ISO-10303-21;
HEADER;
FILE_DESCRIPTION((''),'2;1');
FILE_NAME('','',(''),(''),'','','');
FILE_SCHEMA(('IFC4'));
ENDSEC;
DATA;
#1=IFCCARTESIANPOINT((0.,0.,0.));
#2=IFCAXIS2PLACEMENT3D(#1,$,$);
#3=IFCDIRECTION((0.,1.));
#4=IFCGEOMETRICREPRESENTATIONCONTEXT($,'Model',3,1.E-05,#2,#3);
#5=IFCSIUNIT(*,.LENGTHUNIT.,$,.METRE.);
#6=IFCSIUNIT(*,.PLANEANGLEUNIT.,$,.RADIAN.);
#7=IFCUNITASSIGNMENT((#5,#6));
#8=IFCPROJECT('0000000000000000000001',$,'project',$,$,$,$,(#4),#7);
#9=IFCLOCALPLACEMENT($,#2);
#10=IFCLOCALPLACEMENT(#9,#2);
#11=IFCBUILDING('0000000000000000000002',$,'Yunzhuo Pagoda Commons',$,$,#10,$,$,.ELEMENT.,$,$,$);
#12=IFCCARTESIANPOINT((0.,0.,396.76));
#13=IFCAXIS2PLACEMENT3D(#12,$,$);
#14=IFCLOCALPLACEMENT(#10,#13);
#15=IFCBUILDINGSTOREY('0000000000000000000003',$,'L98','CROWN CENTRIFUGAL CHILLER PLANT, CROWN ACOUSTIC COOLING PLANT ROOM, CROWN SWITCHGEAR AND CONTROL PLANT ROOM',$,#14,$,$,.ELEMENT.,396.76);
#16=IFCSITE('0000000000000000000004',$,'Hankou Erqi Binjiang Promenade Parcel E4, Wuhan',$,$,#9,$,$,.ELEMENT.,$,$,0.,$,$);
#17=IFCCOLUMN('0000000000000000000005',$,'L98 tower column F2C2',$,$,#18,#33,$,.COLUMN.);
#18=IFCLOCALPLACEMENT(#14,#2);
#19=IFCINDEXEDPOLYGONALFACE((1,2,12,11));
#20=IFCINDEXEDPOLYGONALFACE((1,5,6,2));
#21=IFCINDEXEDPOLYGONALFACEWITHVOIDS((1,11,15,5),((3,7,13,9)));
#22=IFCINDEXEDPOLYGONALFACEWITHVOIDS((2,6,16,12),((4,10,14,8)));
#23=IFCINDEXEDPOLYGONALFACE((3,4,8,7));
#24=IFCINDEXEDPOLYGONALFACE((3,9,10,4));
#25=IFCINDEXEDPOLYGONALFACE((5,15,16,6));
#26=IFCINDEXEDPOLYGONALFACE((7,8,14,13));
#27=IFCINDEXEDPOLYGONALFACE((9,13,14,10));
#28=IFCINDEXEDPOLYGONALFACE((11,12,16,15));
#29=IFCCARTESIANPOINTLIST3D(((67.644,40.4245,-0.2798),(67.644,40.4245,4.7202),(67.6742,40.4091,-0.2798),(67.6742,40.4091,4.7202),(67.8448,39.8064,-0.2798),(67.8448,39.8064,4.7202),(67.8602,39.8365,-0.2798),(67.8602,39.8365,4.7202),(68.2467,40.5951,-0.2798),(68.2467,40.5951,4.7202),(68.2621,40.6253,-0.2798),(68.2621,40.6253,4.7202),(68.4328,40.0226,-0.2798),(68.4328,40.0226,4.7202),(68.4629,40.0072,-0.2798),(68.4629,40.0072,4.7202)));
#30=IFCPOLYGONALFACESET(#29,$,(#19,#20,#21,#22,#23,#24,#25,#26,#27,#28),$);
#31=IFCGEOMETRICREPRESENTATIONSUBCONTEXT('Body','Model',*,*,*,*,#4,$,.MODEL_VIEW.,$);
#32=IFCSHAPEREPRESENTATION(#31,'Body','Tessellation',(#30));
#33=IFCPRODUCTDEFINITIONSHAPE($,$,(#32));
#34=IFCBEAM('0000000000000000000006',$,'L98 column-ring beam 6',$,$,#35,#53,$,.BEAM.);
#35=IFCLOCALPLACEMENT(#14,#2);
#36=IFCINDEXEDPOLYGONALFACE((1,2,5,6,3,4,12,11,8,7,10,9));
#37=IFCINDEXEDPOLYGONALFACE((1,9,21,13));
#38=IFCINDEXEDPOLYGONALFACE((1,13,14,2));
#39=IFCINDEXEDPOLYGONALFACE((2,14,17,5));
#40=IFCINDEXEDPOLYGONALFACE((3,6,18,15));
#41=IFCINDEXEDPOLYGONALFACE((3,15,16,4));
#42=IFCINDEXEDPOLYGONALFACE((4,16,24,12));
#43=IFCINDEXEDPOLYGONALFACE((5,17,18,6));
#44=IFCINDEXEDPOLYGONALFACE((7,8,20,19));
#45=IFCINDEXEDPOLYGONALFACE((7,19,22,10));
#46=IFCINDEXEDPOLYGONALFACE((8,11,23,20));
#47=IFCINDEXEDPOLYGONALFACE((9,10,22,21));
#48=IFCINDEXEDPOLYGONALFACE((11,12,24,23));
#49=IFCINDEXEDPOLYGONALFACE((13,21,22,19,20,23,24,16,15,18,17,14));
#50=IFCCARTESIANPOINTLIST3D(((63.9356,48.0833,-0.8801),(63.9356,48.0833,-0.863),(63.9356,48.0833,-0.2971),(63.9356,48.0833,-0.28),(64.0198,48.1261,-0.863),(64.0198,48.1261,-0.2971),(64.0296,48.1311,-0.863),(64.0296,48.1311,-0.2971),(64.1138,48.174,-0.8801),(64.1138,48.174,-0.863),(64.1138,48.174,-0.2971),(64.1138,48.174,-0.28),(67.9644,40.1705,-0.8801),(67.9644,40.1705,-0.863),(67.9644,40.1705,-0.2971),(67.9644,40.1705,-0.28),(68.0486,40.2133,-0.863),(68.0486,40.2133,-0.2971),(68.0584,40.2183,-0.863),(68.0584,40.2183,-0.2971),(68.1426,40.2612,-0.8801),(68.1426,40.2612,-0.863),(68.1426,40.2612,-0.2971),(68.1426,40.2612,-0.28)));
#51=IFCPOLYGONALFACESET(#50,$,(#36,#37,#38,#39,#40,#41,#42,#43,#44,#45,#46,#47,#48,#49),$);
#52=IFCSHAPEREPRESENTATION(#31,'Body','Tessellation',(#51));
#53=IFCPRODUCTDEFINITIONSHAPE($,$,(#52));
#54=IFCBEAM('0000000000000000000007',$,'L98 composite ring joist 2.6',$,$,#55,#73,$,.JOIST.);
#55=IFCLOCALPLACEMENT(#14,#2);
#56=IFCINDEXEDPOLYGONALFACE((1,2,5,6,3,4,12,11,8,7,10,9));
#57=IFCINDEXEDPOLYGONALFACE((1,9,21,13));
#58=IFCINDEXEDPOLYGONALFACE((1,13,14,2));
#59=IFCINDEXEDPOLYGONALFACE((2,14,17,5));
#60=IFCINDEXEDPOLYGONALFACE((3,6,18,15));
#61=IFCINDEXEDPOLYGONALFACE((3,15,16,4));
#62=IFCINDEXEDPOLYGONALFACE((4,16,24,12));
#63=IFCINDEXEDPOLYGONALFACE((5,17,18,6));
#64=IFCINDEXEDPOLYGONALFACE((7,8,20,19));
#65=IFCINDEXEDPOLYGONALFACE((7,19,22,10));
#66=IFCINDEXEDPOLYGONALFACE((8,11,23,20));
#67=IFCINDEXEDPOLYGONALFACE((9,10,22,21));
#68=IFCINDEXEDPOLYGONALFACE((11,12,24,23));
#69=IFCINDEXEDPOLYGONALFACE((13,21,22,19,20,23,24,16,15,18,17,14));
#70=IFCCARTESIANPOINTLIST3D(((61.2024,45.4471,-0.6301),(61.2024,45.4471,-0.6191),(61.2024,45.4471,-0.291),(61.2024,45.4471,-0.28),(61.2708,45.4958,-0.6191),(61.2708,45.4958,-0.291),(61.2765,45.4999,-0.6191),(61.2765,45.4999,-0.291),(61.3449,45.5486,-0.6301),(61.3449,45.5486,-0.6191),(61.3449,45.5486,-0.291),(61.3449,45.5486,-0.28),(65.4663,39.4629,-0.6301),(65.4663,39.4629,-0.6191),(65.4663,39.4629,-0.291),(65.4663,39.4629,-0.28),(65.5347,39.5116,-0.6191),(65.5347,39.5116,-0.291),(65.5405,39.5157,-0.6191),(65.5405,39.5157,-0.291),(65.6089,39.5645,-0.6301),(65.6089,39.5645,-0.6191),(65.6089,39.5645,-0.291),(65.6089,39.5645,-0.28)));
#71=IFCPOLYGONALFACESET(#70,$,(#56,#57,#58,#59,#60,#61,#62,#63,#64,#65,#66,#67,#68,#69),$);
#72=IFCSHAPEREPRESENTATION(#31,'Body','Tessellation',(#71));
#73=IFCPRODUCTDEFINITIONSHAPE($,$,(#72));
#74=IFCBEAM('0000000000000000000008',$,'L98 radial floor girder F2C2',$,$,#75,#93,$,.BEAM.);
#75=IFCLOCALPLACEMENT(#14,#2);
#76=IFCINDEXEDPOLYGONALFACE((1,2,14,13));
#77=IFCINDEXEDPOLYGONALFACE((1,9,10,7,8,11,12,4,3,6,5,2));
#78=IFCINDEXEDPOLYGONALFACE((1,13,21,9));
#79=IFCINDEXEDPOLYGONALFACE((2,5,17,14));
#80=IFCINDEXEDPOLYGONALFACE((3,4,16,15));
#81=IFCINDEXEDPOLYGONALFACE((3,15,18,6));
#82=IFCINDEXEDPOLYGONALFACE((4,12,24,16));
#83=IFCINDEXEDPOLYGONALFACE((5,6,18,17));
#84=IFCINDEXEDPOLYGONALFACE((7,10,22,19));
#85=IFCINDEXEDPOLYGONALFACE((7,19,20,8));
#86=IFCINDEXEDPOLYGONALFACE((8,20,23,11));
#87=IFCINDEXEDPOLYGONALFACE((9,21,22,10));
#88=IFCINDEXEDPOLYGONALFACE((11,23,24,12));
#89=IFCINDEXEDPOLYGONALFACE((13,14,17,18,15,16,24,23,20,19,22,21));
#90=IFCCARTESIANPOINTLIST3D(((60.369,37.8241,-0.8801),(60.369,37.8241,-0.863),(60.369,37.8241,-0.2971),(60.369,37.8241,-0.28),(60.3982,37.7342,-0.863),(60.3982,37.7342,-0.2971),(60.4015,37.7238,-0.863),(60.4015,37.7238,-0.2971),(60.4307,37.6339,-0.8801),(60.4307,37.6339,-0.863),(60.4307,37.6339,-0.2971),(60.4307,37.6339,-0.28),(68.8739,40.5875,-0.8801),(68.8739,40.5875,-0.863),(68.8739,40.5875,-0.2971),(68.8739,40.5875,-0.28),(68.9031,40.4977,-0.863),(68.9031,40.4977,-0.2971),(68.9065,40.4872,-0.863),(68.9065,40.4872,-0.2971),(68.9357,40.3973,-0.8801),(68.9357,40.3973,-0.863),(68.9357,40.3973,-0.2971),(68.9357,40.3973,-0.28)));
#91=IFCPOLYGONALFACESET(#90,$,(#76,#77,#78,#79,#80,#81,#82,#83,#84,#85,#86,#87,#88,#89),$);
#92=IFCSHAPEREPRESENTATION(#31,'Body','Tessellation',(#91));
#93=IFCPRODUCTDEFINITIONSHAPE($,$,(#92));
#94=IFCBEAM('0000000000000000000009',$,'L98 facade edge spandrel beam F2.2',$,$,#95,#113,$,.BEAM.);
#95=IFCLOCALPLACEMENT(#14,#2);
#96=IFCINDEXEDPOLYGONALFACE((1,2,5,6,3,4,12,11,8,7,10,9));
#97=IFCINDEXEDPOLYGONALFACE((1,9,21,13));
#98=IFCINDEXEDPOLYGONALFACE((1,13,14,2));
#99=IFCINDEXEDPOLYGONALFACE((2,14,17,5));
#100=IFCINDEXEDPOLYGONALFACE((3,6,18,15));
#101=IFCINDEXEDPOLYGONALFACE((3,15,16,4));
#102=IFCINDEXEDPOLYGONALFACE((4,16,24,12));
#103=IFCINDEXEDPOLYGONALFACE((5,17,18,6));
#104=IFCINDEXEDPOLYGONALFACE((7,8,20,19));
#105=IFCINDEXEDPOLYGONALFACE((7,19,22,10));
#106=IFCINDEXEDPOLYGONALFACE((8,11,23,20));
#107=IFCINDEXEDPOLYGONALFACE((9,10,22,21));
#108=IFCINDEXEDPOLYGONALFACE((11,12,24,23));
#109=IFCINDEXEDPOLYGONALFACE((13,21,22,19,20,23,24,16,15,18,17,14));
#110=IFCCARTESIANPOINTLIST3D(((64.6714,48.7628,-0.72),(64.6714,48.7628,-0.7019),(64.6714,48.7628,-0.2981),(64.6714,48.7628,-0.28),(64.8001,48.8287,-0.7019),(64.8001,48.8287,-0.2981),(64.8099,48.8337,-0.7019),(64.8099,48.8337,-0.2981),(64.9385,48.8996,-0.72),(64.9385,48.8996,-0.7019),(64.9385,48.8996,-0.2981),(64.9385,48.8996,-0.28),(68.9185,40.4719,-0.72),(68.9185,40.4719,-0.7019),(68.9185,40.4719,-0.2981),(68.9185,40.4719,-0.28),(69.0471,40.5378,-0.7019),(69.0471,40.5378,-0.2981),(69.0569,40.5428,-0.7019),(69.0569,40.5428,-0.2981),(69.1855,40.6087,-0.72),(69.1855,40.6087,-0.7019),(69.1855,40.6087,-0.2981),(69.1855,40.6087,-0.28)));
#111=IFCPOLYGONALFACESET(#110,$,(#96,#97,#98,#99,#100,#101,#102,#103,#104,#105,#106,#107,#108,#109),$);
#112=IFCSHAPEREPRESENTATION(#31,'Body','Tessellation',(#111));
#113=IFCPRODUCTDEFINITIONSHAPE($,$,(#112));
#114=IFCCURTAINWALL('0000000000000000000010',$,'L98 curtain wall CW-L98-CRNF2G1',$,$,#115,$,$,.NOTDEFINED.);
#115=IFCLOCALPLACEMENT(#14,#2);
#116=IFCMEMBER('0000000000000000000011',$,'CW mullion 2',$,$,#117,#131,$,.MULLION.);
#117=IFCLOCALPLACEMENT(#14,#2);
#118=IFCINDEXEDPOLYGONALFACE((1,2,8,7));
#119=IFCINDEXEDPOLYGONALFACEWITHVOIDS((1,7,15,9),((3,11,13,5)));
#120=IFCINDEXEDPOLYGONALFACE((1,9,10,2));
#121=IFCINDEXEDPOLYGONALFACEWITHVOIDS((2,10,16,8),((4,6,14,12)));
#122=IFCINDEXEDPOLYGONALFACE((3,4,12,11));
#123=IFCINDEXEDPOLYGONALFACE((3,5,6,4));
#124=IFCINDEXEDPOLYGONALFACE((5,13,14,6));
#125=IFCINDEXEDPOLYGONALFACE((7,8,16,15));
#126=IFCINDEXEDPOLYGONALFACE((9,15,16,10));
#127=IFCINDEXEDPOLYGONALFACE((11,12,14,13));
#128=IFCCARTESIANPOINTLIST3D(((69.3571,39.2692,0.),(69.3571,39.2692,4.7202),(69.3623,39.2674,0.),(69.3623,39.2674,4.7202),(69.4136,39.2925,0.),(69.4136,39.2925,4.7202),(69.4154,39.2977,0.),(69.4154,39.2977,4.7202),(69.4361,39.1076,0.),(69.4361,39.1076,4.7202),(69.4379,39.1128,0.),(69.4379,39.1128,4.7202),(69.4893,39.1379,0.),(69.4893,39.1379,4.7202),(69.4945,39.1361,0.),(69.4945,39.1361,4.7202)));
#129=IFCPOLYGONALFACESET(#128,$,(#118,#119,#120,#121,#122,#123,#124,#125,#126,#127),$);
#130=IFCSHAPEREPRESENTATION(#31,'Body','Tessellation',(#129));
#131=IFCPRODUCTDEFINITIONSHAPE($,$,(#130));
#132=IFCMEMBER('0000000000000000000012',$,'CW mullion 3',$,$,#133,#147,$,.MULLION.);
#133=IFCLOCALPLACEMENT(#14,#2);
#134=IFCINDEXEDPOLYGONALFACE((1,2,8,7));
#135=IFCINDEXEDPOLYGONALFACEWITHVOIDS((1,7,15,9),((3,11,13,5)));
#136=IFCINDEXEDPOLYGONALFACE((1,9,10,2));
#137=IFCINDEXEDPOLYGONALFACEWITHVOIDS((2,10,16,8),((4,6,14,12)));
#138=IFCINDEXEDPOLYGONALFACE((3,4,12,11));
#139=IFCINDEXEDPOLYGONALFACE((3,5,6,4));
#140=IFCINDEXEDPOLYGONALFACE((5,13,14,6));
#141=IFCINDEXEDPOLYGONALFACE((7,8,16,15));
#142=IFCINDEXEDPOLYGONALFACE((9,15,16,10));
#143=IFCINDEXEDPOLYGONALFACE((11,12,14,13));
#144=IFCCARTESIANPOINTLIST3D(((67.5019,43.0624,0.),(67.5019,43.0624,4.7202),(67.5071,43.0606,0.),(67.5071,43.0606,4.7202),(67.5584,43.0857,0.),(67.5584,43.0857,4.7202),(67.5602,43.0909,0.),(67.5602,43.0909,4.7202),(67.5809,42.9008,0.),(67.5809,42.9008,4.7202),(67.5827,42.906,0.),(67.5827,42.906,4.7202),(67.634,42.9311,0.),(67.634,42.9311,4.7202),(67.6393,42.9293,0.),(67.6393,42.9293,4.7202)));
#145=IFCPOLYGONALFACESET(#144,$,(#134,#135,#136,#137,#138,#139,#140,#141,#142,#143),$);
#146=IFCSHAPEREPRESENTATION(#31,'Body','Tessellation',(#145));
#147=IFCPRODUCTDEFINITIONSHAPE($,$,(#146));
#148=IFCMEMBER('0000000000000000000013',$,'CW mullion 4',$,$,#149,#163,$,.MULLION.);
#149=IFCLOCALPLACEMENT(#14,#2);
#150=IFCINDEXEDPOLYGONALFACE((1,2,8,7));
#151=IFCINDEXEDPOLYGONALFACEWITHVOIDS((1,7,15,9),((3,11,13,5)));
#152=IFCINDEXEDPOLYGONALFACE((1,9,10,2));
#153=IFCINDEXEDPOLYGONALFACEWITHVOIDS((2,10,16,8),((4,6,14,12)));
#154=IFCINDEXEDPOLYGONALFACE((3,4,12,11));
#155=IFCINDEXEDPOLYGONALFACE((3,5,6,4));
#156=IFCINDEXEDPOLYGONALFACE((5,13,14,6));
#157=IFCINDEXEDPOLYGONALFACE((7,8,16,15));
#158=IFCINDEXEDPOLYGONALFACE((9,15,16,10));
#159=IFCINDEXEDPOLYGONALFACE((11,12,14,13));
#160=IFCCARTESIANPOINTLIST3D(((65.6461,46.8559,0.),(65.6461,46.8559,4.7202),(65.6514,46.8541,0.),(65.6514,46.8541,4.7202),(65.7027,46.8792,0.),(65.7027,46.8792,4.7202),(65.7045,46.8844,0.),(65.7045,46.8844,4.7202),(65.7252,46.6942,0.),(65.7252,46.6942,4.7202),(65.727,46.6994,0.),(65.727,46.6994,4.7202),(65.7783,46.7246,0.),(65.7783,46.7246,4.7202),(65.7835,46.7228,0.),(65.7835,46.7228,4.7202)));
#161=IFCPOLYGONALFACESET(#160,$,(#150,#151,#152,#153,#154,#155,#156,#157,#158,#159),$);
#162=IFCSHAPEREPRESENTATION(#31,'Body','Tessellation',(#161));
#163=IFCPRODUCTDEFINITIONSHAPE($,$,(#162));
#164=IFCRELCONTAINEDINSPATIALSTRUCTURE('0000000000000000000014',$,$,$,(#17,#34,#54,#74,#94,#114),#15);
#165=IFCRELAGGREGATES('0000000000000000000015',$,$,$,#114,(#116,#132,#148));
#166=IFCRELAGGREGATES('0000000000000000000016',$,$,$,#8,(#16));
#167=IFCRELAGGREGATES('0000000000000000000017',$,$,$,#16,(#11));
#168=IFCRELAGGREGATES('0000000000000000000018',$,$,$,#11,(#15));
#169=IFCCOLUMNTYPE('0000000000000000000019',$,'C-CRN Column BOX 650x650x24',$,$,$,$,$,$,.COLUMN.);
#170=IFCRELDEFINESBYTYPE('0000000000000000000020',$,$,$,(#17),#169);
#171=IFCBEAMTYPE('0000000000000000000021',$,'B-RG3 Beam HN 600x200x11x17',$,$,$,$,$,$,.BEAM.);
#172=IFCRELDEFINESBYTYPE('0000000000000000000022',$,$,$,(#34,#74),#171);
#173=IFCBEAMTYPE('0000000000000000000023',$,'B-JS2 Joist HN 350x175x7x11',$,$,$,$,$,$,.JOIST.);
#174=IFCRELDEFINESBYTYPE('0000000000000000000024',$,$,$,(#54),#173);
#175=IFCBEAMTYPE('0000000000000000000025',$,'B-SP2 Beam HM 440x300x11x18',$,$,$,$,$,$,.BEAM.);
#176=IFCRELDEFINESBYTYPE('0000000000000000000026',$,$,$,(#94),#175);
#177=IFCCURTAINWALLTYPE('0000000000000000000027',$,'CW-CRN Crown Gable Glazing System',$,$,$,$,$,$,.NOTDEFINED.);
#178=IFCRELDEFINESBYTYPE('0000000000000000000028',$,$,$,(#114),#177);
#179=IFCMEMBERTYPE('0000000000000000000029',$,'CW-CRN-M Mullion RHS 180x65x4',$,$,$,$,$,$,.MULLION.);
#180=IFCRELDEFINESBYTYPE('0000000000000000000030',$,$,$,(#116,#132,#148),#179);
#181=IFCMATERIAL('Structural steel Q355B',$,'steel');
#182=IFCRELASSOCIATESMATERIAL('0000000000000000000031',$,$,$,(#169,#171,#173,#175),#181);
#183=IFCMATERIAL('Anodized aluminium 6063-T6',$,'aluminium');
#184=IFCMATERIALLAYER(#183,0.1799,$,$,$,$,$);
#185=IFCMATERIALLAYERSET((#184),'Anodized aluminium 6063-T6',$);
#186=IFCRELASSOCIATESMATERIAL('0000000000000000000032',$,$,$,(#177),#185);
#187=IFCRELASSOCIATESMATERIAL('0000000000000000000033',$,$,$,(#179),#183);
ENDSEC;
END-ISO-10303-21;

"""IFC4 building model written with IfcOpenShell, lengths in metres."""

from ifc_helpers import new_model, si_unit, direction, frame, origin, origin_2d, place, context, subcontext, project, spatial, hollow_rectangle, i_section, extrude, source, transform, mapped, material, layer, layer_set, material_profile, profile_set, type_object, element, aggregate, save


model = new_model("IFC4")

# Units and contexts
model_context = context("Model", 3, precision=1e-05, world=origin(), true_north=direction((0.0, 1.0)))
body_context = subcontext(model_context, "Body", "Model", "MODEL_VIEW")
ifc_project = project(units=[si_unit("LENGTHUNIT", "METRE"), si_unit("PLANEANGLEUNIT", "RADIAN")], contexts=[model_context])

# Site, building, storey
site_placement = place(None, origin())
site = spatial("IfcSite", under=ifc_project, at=site_placement, Name="Hankou Erqi Binjiang Promenade Parcel E4, Wuhan", CompositionType="ELEMENT", RefElevation=0.0)
building_placement = place(site_placement, origin())
building = spatial("IfcBuilding", under=site, at=building_placement, Name="Yunzhuo Pagoda Commons", CompositionType="ELEMENT")
storey_placement = place(building_placement, frame((0.0, 0.0, 396.76)))
storey = spatial("IfcBuildingStorey", under=building, at=storey_placement, Name="L98", Description="CROWN CENTRIFUGAL CHILLER PLANT, CROWN ACOUSTIC COOLING PLANT ROOM, CROWN SWITCHGEAR AND CONTROL PLANT ROOM", CompositionType="ELEMENT", Elevation=396.76)

# Column
ifc_material_1 = material(Name="Structural steel Q355B", Category="steel")
ifc_material_profile_1 = material_profile(ifc_material_1, hollow_rectangle(XDim=0.6499, YDim=0.6499, WallThickness=0.0239, at=origin_2d()), Name="Structural steel Q355B")
ifc_profile_set_1 = profile_set([ifc_material_profile_1], Name="Structural steel Q355B")
column_type = type_object("IfcColumnType", Name="C-CRN Column BOX 650x650x24", PredefinedType="COLUMN", material=ifc_profile_set_1)
shared_shape_1 = source(origin(), body_context, "Body", "SweptSolid", [
    extrude(hollow_rectangle(XDim=0.6499, YDim=0.6499, WallThickness=0.0239, at=origin_2d()), origin(), (0.0, 0.0, 1.0), 5.0),
])
column_placement = place(storey_placement, frame((68.0535, 40.2158, -0.2798), z_axis=(0.0, 0.0, 1.0), x_axis=(-0.309017, 0.951057, 0.0)))
element("IfcColumn", 1, at=column_placement, inside=storey, type_object=column_type, Name="L98 tower column F2C2", PredefinedType="COLUMN", context=body_context, shape_type="MappedRepresentation", body=[
    mapped(shared_shape_1, transform((0.0, 0.0, 0.0), scale=1.0)),
])

# Beams
ifc_material_profile_2 = material_profile(ifc_material_1, i_section(OverallWidth=0.2, OverallDepth=0.6001, WebThickness=0.011, FlangeThickness=0.0171, at=origin_2d()), Name="Structural steel Q355B")
ifc_profile_set_2 = profile_set([ifc_material_profile_2], Name="Structural steel Q355B")
beam_type_1 = type_object("IfcBeamType", Name="B-RG3 Beam HN 600x200x11x17", PredefinedType="BEAM", material=ifc_profile_set_2)
shared_shape_2 = source(origin(), body_context, "Body", "SweptSolid", [
    extrude(i_section(OverallWidth=0.2, OverallDepth=0.6001, WebThickness=0.011, FlangeThickness=0.0171, at=origin_2d()), origin(), (0.0, 0.0, 1.0), 8.8794),
])
beam_1_placement = place(storey_placement, frame((68.0535, 40.2158, -0.5801), z_axis=(-0.453724, 0.891142, 0.0), x_axis=(-0.891142, -0.453724, 0.0)))
element("IfcBeam", 2, at=beam_1_placement, inside=storey, type_object=beam_type_1, Name="L98 column-ring beam 6", PredefinedType="BEAM", context=body_context, shape_type="MappedRepresentation", body=[
    mapped(shared_shape_2, transform((0.0, 0.0, 0.0), scale=1.0)),
])
ifc_material_profile_3 = material_profile(ifc_material_1, i_section(OverallWidth=0.175, OverallDepth=0.3501, WebThickness=0.0071, FlangeThickness=0.011, at=origin_2d()), Name="Structural steel Q355B")
ifc_profile_set_3 = profile_set([ifc_material_profile_3], Name="Structural steel Q355B")
beam_type_2 = type_object("IfcBeamType", Name="B-JS2 Joist HN 350x175x7x11", PredefinedType="JOIST", material=ifc_profile_set_3)
shared_shape_3 = source(origin(), body_context, "Body", "SweptSolid", [
    extrude(i_section(OverallWidth=0.175, OverallDepth=0.3501, WebThickness=0.0071, FlangeThickness=0.011, at=origin_2d()), origin(), (0.0, 0.0, 1.0), 7.3479),
])
beam_2_placement = place(storey_placement, frame((65.5376, 39.5137, -0.4551), z_axis=(-0.580295, 0.814406, 0.0), x_axis=(-0.814406, -0.580295, 0.0)))
element("IfcBeam", 3, at=beam_2_placement, inside=storey, type_object=beam_type_2, Name="L98 composite ring joist 2.6", PredefinedType="JOIST", context=body_context, shape_type="MappedRepresentation", body=[
    mapped(shared_shape_3, transform((0.0, 0.0, 0.0), scale=1.0)),
])
shared_shape_4 = source(origin(), body_context, "Body", "SweptSolid", [
    extrude(i_section(OverallWidth=0.2, OverallDepth=0.6001, WebThickness=0.011, FlangeThickness=0.0171, at=origin_2d()), origin(), (0.0, 0.0, 1.0), 8.9426),
])
beam_3_placement = place(storey_placement, frame((68.9048, 40.4924, -0.5801), z_axis=(-0.951056, -0.309019, 0.0), x_axis=(0.309019, -0.951056, 0.0)))
element("IfcBeam", 4, at=beam_3_placement, inside=storey, type_object=beam_type_1, Name="L98 radial floor girder F2C2", PredefinedType="BEAM", context=body_context, shape_type="MappedRepresentation", body=[
    mapped(shared_shape_4, transform((0.0, 0.0, 0.0), scale=1.0)),
])
ifc_material_profile_4 = material_profile(ifc_material_1, i_section(OverallWidth=0.3, OverallDepth=0.4399, WebThickness=0.011, FlangeThickness=0.0181, at=origin_2d()), Name="Structural steel Q355B")
ifc_profile_set_4 = profile_set([ifc_material_profile_4], Name="Structural steel Q355B")
beam_type_3 = type_object("IfcBeamType", Name="B-SP2 Beam HM 440x300x11x18", PredefinedType="BEAM", material=ifc_profile_set_4)
shared_shape_5 = source(origin(), body_context, "Body", "SweptSolid", [
    extrude(i_section(OverallWidth=0.3, OverallDepth=0.4399, WebThickness=0.011, FlangeThickness=0.0181, at=origin_2d()), origin(), (0.0, 0.0, 1.0), 9.3154),
])
beam_4_placement = place(storey_placement, frame((69.052, 40.5403, -0.5), z_axis=(-0.455914, 0.890024, 0.0), x_axis=(-0.890024, -0.455914, 0.0)))
element("IfcBeam", 5, at=beam_4_placement, inside=storey, type_object=beam_type_3, Name="L98 facade edge spandrel beam F2.2", PredefinedType="BEAM", context=body_context, shape_type="MappedRepresentation", body=[
    mapped(shared_shape_5, transform((0.0, 0.0, 0.0), scale=1.0)),
])

# Curtain wall, members
ifc_material_2 = material(Name="Anodized aluminium 6063-T6", Category="aluminium")
ifc_layer_1 = layer(ifc_material_2, 0.1799)
ifc_layer_set_1 = layer_set([ifc_layer_1], Name="Anodized aluminium 6063-T6")
curtain_wall_type = type_object("IfcCurtainWallType", Name="CW-CRN Crown Gable Glazing System", PredefinedType="NOTDEFINED", material=ifc_layer_set_1)
curtain_wall_placement = place(storey_placement, origin())
curtain_wall = element("IfcCurtainWall", 6, at=curtain_wall_placement, inside=storey, type_object=curtain_wall_type, Name="L98 curtain wall CW-L98-CRNF2G1", PredefinedType="NOTDEFINED")
ifc_material_profile_5 = material_profile(ifc_material_2, hollow_rectangle(XDim=0.0649, YDim=0.1799, WallThickness=0.0039, at=origin_2d()), Name="Anodized aluminium 6063-T6")
ifc_profile_set_5 = profile_set([ifc_material_profile_5], Name="Anodized aluminium 6063-T6")
member_type_1 = type_object("IfcMemberType", Name="CW-CRN-M Mullion RHS 180x65x4", PredefinedType="MULLION", material=ifc_profile_set_5)
shared_shape_6 = source(origin(), body_context, "Body", "SweptSolid", [
    extrude(hollow_rectangle(XDim=0.0649, YDim=0.1799, WallThickness=0.0039, at=origin_2d()), origin(), (0.0, 0.0, 1.0), 4.7202),
])
member_1_placement = place(storey_placement, frame((69.4258, 39.2026, 0.0), z_axis=(0.0, 0.0, 1.0), x_axis=(-0.898299, -0.439384, 0.0)))
member_1 = element("IfcMember", 7, at=member_1_placement, type_object=member_type_1, Name="CW mullion 2", PredefinedType="MULLION", context=body_context, shape_type="MappedRepresentation", body=[
    mapped(shared_shape_6, transform((0.0, 0.0, 0.0), scale=1.0)),
])
member_2_placement = place(storey_placement, frame((67.5706, 42.9958, 0.0), z_axis=(0.0, 0.0, 1.0), x_axis=(-0.898299, -0.439384, 0.0)))
member_2 = element("IfcMember", 8, at=member_2_placement, type_object=member_type_1, Name="CW mullion 3", PredefinedType="MULLION", context=body_context, shape_type="MappedRepresentation", body=[
    mapped(shared_shape_6, transform((0.0, 0.0, 0.0), scale=1.0)),
])
member_3_placement = place(storey_placement, frame((65.7148, 46.7893, 0.0), z_axis=(0.0, 0.0, 1.0), x_axis=(-0.898299, -0.439384, 0.0)))
member_3 = element("IfcMember", 9, at=member_3_placement, type_object=member_type_1, Name="CW mullion 4", PredefinedType="MULLION", context=body_context, shape_type="MappedRepresentation", body=[
    mapped(shared_shape_6, transform((0.0, 0.0, 0.0), scale=1.0)),
])
aggregate(curtain_wall, [member_1, member_2, member_3])

save(model, "model.ifc")
